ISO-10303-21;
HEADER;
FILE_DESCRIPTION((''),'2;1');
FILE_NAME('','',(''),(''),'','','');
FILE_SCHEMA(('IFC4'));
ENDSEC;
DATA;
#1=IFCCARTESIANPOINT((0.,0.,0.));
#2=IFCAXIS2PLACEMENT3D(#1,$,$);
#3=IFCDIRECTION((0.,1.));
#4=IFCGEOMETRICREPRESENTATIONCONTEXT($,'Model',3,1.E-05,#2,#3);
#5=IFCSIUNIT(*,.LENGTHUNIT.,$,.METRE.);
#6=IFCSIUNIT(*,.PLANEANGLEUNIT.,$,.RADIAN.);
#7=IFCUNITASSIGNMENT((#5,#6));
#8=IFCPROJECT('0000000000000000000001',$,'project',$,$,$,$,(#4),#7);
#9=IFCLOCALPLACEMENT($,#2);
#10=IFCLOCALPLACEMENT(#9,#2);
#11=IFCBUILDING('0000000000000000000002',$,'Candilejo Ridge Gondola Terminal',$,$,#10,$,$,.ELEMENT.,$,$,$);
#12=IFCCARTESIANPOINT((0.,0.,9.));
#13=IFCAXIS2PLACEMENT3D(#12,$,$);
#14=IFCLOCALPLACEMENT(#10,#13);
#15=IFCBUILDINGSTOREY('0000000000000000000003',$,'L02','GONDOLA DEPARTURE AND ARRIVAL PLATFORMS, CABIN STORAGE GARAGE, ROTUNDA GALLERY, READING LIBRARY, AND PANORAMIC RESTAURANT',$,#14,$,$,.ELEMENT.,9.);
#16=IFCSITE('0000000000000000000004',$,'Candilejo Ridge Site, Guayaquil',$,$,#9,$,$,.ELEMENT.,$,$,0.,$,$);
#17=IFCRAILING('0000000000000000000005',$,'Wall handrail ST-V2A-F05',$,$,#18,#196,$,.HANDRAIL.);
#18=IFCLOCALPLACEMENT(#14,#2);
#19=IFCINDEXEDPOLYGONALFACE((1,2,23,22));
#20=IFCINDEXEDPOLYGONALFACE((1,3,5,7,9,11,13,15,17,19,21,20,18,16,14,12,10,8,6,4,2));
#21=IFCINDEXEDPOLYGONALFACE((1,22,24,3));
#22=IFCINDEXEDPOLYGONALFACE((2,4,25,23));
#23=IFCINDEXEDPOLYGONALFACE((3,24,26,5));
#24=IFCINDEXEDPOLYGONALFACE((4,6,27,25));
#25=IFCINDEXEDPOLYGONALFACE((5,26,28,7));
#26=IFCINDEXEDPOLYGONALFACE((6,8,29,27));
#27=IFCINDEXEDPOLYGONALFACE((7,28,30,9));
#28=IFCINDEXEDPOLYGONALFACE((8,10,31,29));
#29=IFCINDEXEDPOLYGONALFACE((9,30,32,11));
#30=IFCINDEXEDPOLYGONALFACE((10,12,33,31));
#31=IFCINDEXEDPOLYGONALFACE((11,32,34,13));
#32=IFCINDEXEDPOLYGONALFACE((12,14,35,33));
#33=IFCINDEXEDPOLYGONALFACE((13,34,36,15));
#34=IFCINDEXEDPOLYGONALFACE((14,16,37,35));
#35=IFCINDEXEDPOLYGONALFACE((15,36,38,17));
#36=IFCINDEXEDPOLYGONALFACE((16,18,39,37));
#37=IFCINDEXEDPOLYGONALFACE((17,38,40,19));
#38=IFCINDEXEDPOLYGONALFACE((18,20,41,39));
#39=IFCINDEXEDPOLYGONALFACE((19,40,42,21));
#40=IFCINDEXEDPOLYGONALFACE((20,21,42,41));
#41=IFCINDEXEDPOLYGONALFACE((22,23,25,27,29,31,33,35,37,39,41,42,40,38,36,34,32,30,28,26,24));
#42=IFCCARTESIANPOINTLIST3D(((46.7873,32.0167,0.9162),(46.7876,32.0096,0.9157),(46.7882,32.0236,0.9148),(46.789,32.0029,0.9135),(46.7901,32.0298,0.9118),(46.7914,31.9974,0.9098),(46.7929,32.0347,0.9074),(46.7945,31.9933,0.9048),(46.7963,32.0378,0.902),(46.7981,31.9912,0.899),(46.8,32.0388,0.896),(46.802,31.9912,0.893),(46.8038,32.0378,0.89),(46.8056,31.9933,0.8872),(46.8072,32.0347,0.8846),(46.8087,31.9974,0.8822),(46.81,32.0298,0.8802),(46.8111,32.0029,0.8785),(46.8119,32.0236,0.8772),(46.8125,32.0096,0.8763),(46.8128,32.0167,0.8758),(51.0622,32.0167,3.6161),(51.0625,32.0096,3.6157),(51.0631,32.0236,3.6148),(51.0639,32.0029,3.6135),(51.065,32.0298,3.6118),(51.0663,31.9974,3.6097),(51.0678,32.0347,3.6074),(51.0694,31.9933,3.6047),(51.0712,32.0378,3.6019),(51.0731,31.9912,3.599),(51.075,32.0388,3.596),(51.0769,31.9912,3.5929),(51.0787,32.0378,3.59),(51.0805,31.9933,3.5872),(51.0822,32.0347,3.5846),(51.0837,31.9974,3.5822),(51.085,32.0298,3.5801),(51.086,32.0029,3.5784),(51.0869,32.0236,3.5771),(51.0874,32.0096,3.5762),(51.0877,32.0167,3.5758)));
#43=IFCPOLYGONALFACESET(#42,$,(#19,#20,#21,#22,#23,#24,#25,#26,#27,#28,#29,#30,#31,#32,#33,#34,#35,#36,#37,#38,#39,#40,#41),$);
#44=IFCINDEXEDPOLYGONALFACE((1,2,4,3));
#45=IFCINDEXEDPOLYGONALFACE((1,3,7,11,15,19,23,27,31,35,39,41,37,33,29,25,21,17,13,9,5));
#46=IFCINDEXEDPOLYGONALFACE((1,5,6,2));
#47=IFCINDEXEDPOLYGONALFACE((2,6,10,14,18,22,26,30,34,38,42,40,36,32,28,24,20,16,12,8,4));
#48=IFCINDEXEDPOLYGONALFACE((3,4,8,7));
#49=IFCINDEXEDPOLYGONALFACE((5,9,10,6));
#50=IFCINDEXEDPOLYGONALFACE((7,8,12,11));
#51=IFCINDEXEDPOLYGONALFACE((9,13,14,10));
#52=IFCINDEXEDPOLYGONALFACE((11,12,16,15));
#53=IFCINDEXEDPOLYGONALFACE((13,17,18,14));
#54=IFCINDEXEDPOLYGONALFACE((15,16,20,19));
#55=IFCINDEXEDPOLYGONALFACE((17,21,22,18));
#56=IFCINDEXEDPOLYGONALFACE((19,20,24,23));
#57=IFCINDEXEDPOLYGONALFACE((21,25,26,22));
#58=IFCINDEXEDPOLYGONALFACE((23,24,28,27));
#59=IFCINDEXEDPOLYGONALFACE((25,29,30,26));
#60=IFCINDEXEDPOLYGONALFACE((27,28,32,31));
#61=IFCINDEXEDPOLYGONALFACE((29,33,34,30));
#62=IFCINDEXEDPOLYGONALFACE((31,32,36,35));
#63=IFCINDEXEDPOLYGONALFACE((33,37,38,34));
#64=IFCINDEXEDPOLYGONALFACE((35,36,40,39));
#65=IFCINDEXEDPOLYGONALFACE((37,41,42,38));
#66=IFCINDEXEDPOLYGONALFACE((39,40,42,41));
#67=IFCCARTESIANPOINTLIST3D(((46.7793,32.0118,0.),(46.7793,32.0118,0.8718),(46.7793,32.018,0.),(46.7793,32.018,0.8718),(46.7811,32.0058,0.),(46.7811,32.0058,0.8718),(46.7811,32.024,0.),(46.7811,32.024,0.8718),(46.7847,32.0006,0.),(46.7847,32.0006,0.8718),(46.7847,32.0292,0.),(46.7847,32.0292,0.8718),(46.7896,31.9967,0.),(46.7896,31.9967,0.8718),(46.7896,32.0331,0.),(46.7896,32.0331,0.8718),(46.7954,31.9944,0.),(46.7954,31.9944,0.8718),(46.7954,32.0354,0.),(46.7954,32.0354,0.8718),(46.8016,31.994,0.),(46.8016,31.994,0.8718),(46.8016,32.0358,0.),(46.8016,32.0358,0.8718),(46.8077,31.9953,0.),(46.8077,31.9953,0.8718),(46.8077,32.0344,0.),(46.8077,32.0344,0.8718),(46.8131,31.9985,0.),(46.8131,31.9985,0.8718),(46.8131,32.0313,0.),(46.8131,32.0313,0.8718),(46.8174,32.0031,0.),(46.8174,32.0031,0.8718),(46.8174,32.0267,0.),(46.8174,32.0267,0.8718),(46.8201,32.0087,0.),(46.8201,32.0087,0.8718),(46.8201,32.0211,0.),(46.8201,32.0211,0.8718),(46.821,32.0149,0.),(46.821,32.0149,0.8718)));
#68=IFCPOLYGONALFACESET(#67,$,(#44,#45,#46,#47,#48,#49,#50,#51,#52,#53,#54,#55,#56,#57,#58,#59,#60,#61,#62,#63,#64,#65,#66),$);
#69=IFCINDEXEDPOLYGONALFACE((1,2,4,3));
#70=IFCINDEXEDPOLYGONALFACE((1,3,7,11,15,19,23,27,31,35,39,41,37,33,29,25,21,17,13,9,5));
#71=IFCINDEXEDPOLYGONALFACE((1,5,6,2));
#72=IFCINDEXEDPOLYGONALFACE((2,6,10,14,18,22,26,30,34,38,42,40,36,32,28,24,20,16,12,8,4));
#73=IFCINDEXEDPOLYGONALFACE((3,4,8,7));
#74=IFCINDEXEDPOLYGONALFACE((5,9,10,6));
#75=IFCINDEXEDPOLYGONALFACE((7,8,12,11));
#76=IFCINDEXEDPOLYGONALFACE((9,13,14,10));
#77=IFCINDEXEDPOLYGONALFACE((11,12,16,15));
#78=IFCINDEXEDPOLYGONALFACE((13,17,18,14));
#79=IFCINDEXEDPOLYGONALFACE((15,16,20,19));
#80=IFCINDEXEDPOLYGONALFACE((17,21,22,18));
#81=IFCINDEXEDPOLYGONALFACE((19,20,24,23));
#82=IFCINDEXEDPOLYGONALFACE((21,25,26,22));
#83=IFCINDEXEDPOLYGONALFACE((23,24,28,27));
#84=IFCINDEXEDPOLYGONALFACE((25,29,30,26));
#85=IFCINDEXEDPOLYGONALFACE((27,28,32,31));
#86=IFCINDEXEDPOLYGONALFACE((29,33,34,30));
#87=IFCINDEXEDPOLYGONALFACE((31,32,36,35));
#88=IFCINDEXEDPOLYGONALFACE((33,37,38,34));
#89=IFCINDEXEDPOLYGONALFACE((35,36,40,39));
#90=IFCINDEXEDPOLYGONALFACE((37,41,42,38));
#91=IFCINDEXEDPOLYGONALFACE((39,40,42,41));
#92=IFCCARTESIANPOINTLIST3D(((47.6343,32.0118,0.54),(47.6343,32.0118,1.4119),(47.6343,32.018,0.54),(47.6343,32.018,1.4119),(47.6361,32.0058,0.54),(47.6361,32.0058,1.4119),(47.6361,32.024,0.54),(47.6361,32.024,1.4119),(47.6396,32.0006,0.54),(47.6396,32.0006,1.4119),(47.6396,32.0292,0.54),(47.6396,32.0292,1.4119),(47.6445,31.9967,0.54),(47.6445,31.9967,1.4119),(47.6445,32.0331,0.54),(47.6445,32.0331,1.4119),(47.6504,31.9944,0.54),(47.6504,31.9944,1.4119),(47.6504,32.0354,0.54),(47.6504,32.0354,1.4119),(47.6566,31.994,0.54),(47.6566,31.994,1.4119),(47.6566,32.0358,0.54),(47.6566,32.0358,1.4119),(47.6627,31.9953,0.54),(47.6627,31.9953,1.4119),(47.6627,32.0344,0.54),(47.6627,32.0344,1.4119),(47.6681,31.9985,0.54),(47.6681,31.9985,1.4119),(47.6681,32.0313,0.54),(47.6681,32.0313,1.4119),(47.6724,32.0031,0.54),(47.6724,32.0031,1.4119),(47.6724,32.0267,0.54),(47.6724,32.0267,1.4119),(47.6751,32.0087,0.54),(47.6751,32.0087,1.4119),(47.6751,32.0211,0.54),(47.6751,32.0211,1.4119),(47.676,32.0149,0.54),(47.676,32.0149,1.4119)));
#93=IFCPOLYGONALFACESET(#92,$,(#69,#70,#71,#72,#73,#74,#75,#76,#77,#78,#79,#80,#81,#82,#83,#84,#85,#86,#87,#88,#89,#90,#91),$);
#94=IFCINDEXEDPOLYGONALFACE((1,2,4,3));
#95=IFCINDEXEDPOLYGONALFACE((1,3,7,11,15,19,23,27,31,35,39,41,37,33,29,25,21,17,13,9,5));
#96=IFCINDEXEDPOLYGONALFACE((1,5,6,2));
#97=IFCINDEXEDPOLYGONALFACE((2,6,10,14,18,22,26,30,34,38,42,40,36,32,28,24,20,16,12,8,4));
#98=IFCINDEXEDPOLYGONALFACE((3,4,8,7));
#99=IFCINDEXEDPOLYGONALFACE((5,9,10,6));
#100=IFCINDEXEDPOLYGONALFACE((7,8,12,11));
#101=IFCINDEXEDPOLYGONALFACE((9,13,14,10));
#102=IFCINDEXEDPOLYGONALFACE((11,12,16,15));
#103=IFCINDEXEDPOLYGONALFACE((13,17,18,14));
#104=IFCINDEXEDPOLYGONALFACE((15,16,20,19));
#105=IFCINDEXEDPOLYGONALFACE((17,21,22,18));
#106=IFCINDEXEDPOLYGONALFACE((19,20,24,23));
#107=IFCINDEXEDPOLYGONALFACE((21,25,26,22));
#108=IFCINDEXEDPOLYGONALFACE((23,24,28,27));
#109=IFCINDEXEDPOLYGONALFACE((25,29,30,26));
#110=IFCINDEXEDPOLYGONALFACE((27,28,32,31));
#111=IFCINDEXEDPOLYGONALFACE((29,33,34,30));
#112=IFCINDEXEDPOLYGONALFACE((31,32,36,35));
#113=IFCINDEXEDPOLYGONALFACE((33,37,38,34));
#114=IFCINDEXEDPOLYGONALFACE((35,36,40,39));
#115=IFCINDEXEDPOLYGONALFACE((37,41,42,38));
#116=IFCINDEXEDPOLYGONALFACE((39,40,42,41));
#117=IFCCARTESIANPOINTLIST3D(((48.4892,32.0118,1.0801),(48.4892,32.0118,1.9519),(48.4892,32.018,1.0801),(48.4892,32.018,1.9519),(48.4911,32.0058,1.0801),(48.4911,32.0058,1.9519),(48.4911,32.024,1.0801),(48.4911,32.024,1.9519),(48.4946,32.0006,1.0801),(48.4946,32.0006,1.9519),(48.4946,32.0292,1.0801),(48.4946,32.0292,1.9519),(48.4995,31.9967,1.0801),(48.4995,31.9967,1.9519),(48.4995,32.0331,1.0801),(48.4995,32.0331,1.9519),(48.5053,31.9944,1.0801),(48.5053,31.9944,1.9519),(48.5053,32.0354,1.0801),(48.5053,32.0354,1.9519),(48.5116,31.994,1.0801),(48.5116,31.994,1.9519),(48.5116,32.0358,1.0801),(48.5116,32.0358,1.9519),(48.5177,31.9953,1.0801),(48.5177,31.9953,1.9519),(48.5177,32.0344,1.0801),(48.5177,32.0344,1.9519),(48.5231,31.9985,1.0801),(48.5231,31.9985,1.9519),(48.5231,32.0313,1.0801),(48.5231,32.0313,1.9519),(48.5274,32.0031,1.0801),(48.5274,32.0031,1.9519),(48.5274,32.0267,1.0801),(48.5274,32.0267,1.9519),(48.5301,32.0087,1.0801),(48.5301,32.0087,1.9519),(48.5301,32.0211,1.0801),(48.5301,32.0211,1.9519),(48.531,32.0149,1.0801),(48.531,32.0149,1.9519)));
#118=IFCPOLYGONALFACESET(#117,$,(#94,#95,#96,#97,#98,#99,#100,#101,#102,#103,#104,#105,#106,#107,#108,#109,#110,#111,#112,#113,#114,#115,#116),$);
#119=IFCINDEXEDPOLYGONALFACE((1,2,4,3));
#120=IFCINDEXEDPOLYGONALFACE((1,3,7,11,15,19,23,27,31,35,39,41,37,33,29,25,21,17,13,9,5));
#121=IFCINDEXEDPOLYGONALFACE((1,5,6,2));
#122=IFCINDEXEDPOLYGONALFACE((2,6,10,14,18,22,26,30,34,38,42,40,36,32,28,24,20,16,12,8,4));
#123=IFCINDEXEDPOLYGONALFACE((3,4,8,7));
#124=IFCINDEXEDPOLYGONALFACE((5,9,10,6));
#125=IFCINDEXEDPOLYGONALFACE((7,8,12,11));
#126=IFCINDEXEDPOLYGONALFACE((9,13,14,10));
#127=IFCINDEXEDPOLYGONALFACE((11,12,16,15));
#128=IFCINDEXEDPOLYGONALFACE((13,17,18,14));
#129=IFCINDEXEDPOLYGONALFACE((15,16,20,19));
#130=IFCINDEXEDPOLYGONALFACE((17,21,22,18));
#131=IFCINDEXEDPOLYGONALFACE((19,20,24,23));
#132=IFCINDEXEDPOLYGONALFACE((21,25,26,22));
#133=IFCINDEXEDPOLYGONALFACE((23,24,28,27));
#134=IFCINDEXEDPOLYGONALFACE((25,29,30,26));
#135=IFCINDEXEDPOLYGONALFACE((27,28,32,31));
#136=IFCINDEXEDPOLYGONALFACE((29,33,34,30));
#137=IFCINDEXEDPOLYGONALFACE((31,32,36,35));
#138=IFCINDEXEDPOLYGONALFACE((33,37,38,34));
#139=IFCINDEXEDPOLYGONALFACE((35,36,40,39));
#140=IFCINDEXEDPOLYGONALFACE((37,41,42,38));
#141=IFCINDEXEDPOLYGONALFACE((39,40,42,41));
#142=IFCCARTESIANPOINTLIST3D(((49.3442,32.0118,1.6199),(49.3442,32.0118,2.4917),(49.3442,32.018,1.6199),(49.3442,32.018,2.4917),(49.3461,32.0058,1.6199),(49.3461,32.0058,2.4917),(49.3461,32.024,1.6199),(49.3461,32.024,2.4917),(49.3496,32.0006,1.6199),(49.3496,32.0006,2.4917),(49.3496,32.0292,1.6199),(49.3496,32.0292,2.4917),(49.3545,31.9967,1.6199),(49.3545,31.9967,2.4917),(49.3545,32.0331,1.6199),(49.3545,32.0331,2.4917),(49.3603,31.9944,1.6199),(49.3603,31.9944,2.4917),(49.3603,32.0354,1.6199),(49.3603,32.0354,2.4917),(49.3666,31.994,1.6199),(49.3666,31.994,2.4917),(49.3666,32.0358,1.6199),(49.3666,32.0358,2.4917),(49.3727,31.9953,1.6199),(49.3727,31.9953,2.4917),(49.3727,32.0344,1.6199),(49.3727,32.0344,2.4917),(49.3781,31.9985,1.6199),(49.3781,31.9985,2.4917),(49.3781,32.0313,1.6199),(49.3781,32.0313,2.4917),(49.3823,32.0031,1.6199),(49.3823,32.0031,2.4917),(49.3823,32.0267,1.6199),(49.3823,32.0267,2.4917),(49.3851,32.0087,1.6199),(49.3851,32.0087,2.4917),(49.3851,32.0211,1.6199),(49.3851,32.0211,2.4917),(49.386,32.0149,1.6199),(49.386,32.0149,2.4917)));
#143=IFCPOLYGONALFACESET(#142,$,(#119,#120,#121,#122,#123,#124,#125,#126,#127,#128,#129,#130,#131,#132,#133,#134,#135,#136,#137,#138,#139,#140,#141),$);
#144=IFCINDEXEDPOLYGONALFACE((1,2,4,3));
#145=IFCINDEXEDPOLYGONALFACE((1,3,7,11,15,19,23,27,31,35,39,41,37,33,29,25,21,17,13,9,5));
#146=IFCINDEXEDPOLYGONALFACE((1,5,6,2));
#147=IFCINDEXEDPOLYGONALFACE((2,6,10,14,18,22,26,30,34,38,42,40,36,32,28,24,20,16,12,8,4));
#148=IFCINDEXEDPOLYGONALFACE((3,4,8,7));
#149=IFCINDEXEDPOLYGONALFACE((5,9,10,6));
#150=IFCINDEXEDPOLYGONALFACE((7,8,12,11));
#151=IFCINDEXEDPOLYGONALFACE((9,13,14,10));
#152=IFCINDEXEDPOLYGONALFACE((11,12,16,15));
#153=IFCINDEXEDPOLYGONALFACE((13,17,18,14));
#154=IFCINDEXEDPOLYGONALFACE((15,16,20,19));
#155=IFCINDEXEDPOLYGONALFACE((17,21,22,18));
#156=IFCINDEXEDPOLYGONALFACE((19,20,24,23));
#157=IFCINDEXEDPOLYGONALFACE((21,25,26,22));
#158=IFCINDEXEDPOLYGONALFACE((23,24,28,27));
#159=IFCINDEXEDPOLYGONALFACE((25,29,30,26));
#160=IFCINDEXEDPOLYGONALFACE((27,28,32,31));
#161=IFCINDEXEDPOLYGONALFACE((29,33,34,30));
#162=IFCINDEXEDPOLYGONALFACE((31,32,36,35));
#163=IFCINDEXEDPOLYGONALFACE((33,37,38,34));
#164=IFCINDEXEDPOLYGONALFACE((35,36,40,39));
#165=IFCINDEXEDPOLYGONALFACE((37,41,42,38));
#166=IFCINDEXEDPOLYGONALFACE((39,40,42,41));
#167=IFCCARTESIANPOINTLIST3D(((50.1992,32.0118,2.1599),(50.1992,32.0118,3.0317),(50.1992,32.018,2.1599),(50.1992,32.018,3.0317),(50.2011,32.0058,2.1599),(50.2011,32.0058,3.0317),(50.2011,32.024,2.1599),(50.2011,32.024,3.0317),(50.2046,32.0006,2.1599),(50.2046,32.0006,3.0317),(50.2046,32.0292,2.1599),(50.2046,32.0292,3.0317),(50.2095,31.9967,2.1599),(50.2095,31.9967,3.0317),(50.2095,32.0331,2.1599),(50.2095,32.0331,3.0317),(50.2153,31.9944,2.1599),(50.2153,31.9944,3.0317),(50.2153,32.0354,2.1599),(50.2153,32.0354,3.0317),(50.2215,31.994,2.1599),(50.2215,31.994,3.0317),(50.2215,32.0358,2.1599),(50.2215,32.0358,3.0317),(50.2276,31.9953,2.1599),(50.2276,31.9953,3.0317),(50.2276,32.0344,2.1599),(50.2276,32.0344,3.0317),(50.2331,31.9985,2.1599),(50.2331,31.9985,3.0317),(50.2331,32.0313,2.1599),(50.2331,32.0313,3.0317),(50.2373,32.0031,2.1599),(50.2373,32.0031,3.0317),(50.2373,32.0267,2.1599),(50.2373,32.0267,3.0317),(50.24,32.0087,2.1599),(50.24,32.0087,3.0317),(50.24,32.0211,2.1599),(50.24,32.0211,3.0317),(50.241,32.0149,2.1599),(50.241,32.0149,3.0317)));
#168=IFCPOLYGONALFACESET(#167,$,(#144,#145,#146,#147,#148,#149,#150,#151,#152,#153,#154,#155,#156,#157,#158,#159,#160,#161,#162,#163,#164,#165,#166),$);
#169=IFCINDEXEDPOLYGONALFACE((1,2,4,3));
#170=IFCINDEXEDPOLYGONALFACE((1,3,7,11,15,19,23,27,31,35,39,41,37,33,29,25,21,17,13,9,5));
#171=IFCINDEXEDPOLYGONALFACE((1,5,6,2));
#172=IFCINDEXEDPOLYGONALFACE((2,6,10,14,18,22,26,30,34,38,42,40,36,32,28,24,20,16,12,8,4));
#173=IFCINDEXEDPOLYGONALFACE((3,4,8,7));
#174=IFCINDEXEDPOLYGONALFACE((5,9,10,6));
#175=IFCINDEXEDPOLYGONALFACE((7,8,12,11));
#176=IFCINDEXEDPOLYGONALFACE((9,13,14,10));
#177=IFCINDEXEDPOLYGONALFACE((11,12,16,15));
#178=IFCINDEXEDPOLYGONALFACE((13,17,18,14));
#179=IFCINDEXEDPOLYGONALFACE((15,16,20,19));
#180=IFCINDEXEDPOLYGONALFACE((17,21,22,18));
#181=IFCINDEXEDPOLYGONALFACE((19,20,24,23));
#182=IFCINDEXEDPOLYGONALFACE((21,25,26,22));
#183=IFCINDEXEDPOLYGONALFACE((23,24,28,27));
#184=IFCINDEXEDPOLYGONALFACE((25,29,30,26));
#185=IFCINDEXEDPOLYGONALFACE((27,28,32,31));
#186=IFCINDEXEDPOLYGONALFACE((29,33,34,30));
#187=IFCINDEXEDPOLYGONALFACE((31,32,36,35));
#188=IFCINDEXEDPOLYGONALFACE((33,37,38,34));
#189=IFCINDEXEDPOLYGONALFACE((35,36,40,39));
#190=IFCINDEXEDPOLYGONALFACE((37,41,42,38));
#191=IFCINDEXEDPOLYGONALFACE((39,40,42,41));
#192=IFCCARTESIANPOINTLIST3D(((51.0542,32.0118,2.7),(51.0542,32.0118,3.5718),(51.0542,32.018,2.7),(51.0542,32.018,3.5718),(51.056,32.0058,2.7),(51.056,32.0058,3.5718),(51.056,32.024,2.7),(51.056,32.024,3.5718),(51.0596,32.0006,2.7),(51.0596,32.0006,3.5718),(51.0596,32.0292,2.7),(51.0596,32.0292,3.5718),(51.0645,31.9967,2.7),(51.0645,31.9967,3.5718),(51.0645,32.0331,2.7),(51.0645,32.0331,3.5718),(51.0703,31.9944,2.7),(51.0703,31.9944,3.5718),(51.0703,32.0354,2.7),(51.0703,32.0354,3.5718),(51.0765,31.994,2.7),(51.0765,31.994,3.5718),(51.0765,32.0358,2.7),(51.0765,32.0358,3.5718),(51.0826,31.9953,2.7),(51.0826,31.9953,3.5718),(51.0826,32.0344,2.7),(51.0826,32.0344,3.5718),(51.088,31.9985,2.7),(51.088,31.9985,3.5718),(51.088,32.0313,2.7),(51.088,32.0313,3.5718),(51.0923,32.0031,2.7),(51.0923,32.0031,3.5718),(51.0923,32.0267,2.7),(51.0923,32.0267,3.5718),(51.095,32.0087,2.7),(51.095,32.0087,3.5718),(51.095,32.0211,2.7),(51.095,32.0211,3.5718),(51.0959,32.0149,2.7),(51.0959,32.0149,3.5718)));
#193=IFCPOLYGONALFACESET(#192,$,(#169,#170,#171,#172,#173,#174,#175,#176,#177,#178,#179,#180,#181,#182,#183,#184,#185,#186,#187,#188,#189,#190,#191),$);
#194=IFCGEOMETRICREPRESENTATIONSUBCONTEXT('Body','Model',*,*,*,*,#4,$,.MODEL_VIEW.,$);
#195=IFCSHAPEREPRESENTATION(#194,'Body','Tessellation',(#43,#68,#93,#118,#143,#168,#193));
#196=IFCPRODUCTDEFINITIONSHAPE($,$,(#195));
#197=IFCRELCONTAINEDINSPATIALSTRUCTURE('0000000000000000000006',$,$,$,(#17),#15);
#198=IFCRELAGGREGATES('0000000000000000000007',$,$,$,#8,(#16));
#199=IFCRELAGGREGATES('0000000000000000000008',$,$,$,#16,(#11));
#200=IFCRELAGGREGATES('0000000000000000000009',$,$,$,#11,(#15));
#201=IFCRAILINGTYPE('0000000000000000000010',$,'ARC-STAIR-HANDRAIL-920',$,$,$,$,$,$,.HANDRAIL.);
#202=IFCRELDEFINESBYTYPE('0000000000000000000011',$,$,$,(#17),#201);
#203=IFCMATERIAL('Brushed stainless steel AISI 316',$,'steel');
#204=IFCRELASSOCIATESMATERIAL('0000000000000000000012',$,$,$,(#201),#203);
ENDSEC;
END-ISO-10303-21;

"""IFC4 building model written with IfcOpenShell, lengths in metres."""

from ifc_helpers import new_model, si_unit, direction, frame, origin, origin_2d, place, context, subcontext, project, spatial, circle, extrude, material, type_object, element, save


model = new_model("IFC4")

# Units and contexts
model_context = context("Model", 3, precision=1e-05, world=origin(), true_north=direction((0.0, 1.0)))
body_context = subcontext(model_context, "Body", "Model", "MODEL_VIEW")
ifc_project = project(units=[si_unit("LENGTHUNIT", "METRE"), si_unit("PLANEANGLEUNIT", "RADIAN")], contexts=[model_context])

# Site, building, storey
site_placement = place(None, origin())
site = spatial("IfcSite", under=ifc_project, at=site_placement, Name="Candilejo Ridge Site, Guayaquil", CompositionType="ELEMENT", RefElevation=0.0)
building_placement = place(site_placement, origin())
building = spatial("IfcBuilding", under=site, at=building_placement, Name="Candilejo Ridge Gondola Terminal", CompositionType="ELEMENT")
storey_placement = place(building_placement, frame((0.0, 0.0, 9.0)))
storey = spatial("IfcBuildingStorey", under=building, at=storey_placement, Name="L02", Description="GONDOLA DEPARTURE AND ARRIVAL PLATFORMS, CABIN STORAGE GARAGE, ROTUNDA GALLERY, READING LIBRARY, AND PANORAMIC RESTAURANT", CompositionType="ELEMENT", Elevation=9.0)

# Railing
ifc_material_1 = material(Name="Brushed stainless steel AISI 316", Category="steel")
railing_type_1 = type_object("IfcRailingType", Name="ARC-STAIR-HANDRAIL-920", PredefinedType="HANDRAIL", material=ifc_material_1)
railing_1_placement = place(storey_placement, frame((46.8, 32.0149, 0.0)))
element("IfcRailing", 1, at=railing_1_placement, inside=storey, type_object=railing_type_1, Name="Wall handrail ST-V2A-F05", PredefinedType="HANDRAIL", context=body_context, shape_type="SweptSolid", body=[
    extrude(circle(Radius=0.0239, at=origin_2d()), frame((0.0, 0.0, 0.896), z_axis=(0.845488, 0.0, 0.533995), x_axis=(0.0, 1.0, 0.0)), (0.0, 0.0, 1.0), 5.0562),
    extrude(circle(Radius=0.021, at=origin_2d()), origin(), (0.0, 0.0, 1.0), 0.8718),
    extrude(circle(Radius=0.021, at=origin_2d()), frame((0.855, 0.0, 0.54)), (0.0, 0.0, 1.0), 0.8718),
    extrude(circle(Radius=0.021, at=origin_2d()), frame((1.71, 0.0, 1.0801)), (0.0, 0.0, 1.0), 0.8718),
    extrude(circle(Radius=0.021, at=origin_2d()), frame((2.5649, 0.0, 1.6199)), (0.0, 0.0, 1.0), 0.8718),
    extrude(circle(Radius=0.021, at=origin_2d()), frame((3.4199, 0.0, 2.1599)), (0.0, 0.0, 1.0), 0.8718),
    extrude(circle(Radius=0.021, at=origin_2d()), frame((4.2749, 0.0, 2.7)), (0.0, 0.0, 1.0), 0.8718),
])

save(model, "model.ifc")
